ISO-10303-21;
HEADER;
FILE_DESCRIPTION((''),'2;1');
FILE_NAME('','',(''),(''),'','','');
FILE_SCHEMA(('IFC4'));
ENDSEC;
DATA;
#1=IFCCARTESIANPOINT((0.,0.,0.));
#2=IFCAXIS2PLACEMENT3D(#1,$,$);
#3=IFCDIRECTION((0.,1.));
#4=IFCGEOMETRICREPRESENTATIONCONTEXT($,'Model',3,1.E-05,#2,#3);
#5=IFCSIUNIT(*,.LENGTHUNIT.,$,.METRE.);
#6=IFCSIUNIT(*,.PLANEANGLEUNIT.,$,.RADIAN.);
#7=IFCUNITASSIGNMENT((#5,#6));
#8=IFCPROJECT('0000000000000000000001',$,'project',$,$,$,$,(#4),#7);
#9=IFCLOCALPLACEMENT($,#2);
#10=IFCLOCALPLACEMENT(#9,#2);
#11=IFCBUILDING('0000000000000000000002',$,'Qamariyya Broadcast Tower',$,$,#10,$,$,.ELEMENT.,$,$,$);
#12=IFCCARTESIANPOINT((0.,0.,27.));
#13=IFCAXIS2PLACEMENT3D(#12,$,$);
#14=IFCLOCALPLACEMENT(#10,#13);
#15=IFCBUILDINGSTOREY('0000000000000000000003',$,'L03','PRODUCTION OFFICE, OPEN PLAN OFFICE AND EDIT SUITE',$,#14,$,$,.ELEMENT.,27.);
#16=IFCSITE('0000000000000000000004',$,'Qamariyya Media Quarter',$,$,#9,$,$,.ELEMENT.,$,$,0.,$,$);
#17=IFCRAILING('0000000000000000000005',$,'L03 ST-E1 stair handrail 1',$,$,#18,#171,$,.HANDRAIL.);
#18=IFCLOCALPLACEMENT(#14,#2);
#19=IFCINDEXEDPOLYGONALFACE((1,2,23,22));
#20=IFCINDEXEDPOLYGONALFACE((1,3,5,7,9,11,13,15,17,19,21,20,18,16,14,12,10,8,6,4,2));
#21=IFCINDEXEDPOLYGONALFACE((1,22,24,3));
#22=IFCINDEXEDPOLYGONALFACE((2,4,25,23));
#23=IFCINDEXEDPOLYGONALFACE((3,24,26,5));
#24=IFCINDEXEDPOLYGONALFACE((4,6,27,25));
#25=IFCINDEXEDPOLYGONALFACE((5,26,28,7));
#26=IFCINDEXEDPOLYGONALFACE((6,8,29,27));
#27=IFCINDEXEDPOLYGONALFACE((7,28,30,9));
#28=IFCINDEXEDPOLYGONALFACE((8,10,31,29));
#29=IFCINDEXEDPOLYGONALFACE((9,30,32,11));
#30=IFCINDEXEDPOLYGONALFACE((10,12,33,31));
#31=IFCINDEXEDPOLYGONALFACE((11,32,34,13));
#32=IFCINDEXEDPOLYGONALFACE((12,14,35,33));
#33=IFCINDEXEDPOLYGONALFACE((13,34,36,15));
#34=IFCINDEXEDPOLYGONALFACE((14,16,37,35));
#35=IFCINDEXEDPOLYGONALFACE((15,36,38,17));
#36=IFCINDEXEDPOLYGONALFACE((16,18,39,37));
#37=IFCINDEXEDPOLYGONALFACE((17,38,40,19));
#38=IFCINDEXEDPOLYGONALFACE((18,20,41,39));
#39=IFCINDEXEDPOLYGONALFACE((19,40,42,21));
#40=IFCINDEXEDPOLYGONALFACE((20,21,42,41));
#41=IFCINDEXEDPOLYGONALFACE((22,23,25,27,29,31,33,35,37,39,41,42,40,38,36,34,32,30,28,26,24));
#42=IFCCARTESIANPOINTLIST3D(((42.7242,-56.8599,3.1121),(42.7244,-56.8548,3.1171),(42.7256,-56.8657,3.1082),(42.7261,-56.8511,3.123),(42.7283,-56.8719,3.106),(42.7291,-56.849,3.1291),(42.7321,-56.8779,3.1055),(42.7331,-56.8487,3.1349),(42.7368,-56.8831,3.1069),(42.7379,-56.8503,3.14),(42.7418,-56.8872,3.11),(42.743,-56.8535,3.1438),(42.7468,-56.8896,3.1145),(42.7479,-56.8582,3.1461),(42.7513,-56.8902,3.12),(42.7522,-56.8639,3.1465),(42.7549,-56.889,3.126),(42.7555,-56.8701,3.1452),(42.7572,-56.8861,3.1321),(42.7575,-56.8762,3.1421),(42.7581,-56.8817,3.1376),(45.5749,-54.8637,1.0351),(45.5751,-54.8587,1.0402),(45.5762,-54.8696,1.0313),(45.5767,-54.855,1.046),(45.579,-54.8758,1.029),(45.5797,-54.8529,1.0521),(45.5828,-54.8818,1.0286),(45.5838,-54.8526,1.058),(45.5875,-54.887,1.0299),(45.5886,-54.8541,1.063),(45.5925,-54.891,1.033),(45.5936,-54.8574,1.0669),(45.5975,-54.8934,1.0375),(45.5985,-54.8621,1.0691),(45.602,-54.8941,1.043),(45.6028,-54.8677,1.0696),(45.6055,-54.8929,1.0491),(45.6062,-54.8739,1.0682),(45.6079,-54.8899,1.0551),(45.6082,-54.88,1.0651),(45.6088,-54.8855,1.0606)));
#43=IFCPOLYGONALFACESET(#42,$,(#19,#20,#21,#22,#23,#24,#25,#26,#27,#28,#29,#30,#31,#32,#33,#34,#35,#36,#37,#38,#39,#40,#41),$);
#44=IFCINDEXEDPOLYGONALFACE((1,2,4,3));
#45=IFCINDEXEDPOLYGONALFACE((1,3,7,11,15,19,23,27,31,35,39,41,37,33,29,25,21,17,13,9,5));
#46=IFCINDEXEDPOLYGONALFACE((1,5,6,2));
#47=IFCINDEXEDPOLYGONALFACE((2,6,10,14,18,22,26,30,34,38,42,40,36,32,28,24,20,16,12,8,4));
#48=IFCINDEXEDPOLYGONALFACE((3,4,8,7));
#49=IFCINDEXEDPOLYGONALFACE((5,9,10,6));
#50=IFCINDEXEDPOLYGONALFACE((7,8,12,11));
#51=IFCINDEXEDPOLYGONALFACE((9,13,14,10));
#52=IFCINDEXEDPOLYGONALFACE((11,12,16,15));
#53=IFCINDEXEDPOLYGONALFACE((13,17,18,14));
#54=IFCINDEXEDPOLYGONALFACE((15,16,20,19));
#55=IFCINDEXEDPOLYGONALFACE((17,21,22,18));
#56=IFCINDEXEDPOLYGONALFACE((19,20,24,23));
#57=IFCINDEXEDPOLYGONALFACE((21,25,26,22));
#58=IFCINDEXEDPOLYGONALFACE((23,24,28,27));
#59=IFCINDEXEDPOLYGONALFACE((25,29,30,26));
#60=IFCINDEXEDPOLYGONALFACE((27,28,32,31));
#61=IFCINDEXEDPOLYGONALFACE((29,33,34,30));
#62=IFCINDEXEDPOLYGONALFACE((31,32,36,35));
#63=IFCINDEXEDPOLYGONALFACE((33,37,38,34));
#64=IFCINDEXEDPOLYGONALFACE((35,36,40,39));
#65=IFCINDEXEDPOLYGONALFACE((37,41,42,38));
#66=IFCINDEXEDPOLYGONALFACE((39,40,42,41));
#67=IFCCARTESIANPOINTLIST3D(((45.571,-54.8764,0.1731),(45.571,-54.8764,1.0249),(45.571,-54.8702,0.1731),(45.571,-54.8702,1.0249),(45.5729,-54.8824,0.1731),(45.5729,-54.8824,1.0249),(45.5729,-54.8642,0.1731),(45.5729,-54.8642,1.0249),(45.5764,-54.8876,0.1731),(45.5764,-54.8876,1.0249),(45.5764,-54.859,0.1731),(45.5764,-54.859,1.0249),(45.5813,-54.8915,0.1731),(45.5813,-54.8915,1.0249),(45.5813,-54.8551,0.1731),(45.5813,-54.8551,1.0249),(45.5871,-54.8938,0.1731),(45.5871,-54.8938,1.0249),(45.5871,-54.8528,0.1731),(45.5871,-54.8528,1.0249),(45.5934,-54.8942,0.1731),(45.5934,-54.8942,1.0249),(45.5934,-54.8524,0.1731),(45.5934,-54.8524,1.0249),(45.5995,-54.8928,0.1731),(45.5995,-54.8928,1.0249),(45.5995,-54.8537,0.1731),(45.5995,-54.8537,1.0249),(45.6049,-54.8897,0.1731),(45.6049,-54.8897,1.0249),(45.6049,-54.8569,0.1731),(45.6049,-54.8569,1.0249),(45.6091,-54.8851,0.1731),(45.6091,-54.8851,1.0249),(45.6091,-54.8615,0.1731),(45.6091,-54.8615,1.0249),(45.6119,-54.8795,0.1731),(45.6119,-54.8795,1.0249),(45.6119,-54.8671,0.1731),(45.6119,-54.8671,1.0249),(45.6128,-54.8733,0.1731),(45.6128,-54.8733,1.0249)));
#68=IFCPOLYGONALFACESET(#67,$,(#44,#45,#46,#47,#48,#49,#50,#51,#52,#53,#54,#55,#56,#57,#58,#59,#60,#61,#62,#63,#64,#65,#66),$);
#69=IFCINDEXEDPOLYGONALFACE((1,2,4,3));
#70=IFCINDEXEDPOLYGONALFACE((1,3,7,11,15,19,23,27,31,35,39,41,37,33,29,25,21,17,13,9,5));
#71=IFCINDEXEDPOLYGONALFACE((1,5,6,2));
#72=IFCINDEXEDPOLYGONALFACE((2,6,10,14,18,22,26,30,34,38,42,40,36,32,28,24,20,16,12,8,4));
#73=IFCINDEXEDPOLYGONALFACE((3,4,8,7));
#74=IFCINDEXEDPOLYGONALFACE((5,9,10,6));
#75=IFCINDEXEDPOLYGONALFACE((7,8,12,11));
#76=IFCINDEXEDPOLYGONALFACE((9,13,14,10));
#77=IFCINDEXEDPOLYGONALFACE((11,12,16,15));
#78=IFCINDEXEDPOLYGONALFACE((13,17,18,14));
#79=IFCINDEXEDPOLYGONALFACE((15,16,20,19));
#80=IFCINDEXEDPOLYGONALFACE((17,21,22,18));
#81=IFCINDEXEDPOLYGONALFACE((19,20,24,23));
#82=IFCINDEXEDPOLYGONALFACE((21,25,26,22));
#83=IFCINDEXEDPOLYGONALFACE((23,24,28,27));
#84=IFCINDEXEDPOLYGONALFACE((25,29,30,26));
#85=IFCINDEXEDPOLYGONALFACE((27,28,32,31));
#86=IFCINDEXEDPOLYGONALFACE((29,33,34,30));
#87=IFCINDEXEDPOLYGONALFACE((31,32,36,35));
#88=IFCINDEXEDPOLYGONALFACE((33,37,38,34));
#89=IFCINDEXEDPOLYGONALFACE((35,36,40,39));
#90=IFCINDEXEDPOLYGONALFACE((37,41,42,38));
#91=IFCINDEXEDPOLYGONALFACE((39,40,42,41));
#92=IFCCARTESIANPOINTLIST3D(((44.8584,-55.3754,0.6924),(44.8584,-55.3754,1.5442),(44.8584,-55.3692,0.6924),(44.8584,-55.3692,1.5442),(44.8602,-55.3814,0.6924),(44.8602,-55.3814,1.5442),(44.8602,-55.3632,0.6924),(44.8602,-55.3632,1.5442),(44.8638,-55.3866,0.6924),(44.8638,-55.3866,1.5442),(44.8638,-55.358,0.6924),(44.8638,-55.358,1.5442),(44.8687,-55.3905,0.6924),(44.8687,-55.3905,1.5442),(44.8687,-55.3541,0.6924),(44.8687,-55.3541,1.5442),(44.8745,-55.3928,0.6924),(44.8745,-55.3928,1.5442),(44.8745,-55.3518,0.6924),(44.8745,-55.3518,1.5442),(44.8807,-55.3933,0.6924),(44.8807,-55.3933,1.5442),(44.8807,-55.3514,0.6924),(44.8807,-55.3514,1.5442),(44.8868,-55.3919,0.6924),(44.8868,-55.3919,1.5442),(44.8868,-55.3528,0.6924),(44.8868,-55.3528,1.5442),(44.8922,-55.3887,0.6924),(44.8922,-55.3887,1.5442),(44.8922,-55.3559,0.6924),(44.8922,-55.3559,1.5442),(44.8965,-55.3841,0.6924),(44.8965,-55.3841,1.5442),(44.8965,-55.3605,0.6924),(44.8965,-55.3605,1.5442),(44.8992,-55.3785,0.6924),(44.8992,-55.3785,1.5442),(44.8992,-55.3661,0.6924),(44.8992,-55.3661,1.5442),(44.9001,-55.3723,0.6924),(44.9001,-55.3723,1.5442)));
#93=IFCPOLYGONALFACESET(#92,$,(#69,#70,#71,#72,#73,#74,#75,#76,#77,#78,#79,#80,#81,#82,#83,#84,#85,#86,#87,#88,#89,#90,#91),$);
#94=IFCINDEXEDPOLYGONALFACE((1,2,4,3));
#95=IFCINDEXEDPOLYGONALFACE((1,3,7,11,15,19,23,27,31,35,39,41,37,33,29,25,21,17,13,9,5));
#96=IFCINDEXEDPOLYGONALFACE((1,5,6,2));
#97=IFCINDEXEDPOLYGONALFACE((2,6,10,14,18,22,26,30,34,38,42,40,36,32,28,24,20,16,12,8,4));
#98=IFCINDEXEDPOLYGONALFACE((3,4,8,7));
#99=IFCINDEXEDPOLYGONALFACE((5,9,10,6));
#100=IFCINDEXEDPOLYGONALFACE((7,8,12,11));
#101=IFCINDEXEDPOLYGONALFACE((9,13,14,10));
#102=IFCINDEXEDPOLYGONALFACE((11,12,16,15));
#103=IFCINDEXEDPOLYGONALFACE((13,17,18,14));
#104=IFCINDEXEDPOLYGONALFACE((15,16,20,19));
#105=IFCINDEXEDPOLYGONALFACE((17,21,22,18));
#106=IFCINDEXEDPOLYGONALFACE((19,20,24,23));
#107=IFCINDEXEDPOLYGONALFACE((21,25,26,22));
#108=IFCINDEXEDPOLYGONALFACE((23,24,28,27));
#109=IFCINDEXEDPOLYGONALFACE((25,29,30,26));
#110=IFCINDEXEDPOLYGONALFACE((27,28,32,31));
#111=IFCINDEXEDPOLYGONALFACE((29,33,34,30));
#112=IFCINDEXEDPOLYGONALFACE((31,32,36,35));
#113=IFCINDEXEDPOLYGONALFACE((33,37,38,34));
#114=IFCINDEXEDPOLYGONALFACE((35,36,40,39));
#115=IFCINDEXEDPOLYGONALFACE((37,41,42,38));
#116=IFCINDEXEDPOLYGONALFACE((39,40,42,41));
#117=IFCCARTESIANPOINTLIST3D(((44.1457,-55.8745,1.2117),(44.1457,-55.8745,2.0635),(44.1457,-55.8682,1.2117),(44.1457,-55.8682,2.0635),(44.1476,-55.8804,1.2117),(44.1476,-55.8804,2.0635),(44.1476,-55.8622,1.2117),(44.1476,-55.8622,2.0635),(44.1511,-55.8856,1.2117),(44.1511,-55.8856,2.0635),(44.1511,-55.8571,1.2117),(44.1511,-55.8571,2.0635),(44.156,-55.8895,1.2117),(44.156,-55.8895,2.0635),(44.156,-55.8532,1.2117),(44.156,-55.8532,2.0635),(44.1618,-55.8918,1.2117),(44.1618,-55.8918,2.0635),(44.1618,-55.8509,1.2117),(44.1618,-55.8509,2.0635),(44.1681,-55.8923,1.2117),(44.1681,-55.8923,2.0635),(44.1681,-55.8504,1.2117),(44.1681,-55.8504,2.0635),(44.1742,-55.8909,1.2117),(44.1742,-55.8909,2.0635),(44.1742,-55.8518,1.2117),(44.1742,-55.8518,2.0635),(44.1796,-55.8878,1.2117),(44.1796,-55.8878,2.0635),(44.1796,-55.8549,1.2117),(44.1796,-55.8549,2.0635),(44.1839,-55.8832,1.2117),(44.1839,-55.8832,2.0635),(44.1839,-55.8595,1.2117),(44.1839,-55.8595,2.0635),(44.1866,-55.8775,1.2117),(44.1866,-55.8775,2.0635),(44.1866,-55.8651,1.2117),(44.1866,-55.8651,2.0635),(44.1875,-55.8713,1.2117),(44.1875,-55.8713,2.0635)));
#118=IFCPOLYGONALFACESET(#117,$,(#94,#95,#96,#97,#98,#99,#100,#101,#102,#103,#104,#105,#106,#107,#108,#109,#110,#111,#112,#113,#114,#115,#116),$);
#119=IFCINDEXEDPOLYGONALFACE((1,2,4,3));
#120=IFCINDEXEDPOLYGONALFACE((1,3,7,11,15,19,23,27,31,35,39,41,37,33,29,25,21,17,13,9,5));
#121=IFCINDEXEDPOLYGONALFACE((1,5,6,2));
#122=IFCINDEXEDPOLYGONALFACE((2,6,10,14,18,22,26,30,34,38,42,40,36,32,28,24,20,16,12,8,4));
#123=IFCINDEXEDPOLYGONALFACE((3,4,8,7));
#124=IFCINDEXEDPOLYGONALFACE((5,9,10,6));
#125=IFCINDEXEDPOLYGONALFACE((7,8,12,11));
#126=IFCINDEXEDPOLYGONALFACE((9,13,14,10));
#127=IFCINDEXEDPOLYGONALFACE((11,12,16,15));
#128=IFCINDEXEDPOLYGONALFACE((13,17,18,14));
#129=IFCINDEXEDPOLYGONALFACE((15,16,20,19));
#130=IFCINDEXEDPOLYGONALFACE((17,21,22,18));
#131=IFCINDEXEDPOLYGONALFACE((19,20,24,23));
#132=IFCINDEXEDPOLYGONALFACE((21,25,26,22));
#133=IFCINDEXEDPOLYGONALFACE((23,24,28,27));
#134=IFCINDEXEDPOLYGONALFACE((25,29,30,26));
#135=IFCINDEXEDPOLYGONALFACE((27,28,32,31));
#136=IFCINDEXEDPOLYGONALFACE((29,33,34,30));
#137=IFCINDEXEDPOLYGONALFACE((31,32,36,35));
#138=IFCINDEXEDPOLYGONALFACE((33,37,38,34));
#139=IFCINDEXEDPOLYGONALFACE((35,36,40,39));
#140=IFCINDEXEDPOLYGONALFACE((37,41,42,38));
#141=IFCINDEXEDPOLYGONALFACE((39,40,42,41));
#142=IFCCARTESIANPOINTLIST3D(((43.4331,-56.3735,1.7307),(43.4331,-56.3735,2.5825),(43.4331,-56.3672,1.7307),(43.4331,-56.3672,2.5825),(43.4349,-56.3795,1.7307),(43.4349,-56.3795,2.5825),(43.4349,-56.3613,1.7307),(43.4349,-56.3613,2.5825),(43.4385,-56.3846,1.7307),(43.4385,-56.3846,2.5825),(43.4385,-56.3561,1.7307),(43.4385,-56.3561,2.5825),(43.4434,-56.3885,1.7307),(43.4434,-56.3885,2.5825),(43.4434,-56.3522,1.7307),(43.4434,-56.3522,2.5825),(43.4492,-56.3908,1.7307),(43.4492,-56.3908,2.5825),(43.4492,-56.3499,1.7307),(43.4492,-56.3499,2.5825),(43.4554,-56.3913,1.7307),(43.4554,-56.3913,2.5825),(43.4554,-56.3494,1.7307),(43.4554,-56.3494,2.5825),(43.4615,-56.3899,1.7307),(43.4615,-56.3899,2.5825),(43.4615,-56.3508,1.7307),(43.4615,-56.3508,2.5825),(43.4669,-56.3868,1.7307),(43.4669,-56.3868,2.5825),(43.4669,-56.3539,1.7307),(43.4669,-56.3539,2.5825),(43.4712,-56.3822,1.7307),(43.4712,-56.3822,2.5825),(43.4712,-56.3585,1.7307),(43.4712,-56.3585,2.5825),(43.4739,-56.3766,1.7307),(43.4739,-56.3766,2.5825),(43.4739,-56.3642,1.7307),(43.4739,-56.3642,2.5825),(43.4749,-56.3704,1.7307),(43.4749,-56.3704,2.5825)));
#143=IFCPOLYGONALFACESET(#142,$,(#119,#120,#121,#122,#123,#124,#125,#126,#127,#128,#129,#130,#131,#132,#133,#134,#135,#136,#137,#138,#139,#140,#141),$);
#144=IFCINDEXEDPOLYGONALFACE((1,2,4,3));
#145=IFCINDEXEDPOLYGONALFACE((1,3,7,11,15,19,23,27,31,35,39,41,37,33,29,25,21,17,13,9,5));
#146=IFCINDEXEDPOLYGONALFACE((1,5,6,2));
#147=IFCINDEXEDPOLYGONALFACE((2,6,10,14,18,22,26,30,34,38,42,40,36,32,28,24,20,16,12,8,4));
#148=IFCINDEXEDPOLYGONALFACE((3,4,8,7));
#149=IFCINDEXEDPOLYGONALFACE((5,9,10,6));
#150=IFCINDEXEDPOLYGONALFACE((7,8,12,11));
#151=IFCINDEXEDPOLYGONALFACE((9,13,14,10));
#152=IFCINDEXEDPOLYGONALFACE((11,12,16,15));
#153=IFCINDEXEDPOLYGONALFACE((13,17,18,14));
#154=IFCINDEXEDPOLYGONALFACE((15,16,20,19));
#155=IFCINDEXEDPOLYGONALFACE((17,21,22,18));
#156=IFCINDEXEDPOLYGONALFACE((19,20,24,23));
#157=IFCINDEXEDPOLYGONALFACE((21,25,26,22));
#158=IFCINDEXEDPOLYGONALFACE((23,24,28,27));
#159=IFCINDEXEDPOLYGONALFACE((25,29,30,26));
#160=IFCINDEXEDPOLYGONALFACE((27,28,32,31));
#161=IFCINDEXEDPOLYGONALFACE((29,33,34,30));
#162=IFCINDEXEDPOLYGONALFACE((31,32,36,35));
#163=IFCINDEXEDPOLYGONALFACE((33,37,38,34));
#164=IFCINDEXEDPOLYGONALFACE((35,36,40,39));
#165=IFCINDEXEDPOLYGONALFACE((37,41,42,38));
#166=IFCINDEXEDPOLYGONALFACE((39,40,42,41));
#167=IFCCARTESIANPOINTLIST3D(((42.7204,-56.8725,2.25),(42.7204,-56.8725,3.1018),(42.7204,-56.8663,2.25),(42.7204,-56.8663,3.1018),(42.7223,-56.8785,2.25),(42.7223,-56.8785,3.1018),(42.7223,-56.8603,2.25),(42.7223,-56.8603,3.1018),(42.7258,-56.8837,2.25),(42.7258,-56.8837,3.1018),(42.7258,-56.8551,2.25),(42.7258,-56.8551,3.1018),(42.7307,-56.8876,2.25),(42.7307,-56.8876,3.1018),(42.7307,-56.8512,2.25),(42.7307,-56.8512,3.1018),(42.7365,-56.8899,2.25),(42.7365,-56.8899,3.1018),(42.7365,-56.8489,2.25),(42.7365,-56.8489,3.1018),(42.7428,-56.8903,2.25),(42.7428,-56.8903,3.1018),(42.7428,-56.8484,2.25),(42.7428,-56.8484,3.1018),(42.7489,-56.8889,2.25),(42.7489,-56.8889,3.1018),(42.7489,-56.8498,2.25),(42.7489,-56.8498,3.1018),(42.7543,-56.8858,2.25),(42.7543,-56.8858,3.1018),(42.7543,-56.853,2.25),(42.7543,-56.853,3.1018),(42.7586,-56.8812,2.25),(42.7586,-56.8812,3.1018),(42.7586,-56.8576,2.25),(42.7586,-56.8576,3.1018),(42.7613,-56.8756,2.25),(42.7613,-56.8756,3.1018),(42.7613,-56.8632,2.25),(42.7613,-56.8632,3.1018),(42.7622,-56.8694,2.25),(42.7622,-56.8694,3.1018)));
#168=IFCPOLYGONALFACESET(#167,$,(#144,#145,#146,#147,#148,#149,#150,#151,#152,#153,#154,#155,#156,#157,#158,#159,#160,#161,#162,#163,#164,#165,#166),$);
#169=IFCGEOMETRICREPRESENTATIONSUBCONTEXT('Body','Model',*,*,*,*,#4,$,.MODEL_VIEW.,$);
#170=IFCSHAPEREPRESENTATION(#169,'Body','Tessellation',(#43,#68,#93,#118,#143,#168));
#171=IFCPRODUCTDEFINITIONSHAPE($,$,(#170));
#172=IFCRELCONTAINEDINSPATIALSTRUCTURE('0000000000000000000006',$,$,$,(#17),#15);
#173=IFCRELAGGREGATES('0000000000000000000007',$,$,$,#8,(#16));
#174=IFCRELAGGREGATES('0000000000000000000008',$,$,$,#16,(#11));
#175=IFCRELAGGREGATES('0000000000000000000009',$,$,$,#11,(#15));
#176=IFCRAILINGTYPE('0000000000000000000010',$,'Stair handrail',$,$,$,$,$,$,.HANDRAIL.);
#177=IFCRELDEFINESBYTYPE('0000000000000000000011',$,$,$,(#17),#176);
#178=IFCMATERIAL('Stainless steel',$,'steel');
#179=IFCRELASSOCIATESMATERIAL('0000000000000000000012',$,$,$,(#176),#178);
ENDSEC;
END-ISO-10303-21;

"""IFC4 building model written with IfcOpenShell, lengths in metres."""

from ifc_helpers import new_model, si_unit, direction, frame, origin, origin_2d, place, context, subcontext, project, spatial, circle, extrude, material, type_object, element, save


model = new_model("IFC4")

# Units and contexts
model_context = context("Model", 3, precision=1e-05, world=origin(), true_north=direction((0.0, 1.0)))
body_context = subcontext(model_context, "Body", "Model", "MODEL_VIEW")
ifc_project = project(units=[si_unit("LENGTHUNIT", "METRE"), si_unit("PLANEANGLEUNIT", "RADIAN")], contexts=[model_context])

# Site, building, storey
site_placement = place(None, origin())
site = spatial("IfcSite", under=ifc_project, at=site_placement, Name="Qamariyya Media Quarter", CompositionType="ELEMENT", RefElevation=0.0)
building_placement = place(site_placement, origin())
building = spatial("IfcBuilding", under=site, at=building_placement, Name="Qamariyya Broadcast Tower", CompositionType="ELEMENT")
storey_placement = place(building_placement, frame((0.0, 0.0, 27.0)))
storey = spatial("IfcBuildingStorey", under=building, at=storey_placement, Name="L03", Description="PRODUCTION OFFICE, OPEN PLAN OFFICE AND EDIT SUITE", CompositionType="ELEMENT", Elevation=27.0)

# Railing
ifc_material_1 = material(Name="Stainless steel", Category="steel")
railing_type_1 = type_object("IfcRailingType", Name="Stair handrail", PredefinedType="HANDRAIL", material=ifc_material_1)
railing_1_placement = place(storey_placement, frame((45.5918, -54.8733, 0.1731)))
element("IfcRailing", 1, at=railing_1_placement, inside=storey, type_object=railing_type_1, Name="L03 ST-E1 stair handrail 1", PredefinedType="HANDRAIL", context=body_context, shape_type="SweptSolid", body=[
    extrude(circle(Radius=0.0239, at=origin_2d()), frame((0.0, 0.0, 0.876), z_axis=(-0.703393, -0.492544, 0.512484), x_axis=(0.573594, -0.81914, 0.0)), (0.0, 0.0, 1.0), 4.0527),
    extrude(circle(Radius=0.021, at=origin_2d()), origin(), (0.0, 0.0, 1.0), 0.8518),
    extrude(circle(Radius=0.021, at=origin_2d()), frame((-0.7126, -0.499, 0.5193)), (0.0, 0.0, 1.0), 0.8518),
    extrude(circle(Radius=0.021, at=origin_2d()), frame((-1.4253, -0.998, 1.0386)), (0.0, 0.0, 1.0), 0.8518),
    extrude(circle(Radius=0.021, at=origin_2d()), frame((-2.1379, -1.4971, 1.5576)), (0.0, 0.0, 1.0), 0.8518),
    extrude(circle(Radius=0.021, at=origin_2d()), frame((-2.8506, -1.9961, 2.0769)), (0.0, 0.0, 1.0), 0.8518),
])

save(model, "model.ifc")
